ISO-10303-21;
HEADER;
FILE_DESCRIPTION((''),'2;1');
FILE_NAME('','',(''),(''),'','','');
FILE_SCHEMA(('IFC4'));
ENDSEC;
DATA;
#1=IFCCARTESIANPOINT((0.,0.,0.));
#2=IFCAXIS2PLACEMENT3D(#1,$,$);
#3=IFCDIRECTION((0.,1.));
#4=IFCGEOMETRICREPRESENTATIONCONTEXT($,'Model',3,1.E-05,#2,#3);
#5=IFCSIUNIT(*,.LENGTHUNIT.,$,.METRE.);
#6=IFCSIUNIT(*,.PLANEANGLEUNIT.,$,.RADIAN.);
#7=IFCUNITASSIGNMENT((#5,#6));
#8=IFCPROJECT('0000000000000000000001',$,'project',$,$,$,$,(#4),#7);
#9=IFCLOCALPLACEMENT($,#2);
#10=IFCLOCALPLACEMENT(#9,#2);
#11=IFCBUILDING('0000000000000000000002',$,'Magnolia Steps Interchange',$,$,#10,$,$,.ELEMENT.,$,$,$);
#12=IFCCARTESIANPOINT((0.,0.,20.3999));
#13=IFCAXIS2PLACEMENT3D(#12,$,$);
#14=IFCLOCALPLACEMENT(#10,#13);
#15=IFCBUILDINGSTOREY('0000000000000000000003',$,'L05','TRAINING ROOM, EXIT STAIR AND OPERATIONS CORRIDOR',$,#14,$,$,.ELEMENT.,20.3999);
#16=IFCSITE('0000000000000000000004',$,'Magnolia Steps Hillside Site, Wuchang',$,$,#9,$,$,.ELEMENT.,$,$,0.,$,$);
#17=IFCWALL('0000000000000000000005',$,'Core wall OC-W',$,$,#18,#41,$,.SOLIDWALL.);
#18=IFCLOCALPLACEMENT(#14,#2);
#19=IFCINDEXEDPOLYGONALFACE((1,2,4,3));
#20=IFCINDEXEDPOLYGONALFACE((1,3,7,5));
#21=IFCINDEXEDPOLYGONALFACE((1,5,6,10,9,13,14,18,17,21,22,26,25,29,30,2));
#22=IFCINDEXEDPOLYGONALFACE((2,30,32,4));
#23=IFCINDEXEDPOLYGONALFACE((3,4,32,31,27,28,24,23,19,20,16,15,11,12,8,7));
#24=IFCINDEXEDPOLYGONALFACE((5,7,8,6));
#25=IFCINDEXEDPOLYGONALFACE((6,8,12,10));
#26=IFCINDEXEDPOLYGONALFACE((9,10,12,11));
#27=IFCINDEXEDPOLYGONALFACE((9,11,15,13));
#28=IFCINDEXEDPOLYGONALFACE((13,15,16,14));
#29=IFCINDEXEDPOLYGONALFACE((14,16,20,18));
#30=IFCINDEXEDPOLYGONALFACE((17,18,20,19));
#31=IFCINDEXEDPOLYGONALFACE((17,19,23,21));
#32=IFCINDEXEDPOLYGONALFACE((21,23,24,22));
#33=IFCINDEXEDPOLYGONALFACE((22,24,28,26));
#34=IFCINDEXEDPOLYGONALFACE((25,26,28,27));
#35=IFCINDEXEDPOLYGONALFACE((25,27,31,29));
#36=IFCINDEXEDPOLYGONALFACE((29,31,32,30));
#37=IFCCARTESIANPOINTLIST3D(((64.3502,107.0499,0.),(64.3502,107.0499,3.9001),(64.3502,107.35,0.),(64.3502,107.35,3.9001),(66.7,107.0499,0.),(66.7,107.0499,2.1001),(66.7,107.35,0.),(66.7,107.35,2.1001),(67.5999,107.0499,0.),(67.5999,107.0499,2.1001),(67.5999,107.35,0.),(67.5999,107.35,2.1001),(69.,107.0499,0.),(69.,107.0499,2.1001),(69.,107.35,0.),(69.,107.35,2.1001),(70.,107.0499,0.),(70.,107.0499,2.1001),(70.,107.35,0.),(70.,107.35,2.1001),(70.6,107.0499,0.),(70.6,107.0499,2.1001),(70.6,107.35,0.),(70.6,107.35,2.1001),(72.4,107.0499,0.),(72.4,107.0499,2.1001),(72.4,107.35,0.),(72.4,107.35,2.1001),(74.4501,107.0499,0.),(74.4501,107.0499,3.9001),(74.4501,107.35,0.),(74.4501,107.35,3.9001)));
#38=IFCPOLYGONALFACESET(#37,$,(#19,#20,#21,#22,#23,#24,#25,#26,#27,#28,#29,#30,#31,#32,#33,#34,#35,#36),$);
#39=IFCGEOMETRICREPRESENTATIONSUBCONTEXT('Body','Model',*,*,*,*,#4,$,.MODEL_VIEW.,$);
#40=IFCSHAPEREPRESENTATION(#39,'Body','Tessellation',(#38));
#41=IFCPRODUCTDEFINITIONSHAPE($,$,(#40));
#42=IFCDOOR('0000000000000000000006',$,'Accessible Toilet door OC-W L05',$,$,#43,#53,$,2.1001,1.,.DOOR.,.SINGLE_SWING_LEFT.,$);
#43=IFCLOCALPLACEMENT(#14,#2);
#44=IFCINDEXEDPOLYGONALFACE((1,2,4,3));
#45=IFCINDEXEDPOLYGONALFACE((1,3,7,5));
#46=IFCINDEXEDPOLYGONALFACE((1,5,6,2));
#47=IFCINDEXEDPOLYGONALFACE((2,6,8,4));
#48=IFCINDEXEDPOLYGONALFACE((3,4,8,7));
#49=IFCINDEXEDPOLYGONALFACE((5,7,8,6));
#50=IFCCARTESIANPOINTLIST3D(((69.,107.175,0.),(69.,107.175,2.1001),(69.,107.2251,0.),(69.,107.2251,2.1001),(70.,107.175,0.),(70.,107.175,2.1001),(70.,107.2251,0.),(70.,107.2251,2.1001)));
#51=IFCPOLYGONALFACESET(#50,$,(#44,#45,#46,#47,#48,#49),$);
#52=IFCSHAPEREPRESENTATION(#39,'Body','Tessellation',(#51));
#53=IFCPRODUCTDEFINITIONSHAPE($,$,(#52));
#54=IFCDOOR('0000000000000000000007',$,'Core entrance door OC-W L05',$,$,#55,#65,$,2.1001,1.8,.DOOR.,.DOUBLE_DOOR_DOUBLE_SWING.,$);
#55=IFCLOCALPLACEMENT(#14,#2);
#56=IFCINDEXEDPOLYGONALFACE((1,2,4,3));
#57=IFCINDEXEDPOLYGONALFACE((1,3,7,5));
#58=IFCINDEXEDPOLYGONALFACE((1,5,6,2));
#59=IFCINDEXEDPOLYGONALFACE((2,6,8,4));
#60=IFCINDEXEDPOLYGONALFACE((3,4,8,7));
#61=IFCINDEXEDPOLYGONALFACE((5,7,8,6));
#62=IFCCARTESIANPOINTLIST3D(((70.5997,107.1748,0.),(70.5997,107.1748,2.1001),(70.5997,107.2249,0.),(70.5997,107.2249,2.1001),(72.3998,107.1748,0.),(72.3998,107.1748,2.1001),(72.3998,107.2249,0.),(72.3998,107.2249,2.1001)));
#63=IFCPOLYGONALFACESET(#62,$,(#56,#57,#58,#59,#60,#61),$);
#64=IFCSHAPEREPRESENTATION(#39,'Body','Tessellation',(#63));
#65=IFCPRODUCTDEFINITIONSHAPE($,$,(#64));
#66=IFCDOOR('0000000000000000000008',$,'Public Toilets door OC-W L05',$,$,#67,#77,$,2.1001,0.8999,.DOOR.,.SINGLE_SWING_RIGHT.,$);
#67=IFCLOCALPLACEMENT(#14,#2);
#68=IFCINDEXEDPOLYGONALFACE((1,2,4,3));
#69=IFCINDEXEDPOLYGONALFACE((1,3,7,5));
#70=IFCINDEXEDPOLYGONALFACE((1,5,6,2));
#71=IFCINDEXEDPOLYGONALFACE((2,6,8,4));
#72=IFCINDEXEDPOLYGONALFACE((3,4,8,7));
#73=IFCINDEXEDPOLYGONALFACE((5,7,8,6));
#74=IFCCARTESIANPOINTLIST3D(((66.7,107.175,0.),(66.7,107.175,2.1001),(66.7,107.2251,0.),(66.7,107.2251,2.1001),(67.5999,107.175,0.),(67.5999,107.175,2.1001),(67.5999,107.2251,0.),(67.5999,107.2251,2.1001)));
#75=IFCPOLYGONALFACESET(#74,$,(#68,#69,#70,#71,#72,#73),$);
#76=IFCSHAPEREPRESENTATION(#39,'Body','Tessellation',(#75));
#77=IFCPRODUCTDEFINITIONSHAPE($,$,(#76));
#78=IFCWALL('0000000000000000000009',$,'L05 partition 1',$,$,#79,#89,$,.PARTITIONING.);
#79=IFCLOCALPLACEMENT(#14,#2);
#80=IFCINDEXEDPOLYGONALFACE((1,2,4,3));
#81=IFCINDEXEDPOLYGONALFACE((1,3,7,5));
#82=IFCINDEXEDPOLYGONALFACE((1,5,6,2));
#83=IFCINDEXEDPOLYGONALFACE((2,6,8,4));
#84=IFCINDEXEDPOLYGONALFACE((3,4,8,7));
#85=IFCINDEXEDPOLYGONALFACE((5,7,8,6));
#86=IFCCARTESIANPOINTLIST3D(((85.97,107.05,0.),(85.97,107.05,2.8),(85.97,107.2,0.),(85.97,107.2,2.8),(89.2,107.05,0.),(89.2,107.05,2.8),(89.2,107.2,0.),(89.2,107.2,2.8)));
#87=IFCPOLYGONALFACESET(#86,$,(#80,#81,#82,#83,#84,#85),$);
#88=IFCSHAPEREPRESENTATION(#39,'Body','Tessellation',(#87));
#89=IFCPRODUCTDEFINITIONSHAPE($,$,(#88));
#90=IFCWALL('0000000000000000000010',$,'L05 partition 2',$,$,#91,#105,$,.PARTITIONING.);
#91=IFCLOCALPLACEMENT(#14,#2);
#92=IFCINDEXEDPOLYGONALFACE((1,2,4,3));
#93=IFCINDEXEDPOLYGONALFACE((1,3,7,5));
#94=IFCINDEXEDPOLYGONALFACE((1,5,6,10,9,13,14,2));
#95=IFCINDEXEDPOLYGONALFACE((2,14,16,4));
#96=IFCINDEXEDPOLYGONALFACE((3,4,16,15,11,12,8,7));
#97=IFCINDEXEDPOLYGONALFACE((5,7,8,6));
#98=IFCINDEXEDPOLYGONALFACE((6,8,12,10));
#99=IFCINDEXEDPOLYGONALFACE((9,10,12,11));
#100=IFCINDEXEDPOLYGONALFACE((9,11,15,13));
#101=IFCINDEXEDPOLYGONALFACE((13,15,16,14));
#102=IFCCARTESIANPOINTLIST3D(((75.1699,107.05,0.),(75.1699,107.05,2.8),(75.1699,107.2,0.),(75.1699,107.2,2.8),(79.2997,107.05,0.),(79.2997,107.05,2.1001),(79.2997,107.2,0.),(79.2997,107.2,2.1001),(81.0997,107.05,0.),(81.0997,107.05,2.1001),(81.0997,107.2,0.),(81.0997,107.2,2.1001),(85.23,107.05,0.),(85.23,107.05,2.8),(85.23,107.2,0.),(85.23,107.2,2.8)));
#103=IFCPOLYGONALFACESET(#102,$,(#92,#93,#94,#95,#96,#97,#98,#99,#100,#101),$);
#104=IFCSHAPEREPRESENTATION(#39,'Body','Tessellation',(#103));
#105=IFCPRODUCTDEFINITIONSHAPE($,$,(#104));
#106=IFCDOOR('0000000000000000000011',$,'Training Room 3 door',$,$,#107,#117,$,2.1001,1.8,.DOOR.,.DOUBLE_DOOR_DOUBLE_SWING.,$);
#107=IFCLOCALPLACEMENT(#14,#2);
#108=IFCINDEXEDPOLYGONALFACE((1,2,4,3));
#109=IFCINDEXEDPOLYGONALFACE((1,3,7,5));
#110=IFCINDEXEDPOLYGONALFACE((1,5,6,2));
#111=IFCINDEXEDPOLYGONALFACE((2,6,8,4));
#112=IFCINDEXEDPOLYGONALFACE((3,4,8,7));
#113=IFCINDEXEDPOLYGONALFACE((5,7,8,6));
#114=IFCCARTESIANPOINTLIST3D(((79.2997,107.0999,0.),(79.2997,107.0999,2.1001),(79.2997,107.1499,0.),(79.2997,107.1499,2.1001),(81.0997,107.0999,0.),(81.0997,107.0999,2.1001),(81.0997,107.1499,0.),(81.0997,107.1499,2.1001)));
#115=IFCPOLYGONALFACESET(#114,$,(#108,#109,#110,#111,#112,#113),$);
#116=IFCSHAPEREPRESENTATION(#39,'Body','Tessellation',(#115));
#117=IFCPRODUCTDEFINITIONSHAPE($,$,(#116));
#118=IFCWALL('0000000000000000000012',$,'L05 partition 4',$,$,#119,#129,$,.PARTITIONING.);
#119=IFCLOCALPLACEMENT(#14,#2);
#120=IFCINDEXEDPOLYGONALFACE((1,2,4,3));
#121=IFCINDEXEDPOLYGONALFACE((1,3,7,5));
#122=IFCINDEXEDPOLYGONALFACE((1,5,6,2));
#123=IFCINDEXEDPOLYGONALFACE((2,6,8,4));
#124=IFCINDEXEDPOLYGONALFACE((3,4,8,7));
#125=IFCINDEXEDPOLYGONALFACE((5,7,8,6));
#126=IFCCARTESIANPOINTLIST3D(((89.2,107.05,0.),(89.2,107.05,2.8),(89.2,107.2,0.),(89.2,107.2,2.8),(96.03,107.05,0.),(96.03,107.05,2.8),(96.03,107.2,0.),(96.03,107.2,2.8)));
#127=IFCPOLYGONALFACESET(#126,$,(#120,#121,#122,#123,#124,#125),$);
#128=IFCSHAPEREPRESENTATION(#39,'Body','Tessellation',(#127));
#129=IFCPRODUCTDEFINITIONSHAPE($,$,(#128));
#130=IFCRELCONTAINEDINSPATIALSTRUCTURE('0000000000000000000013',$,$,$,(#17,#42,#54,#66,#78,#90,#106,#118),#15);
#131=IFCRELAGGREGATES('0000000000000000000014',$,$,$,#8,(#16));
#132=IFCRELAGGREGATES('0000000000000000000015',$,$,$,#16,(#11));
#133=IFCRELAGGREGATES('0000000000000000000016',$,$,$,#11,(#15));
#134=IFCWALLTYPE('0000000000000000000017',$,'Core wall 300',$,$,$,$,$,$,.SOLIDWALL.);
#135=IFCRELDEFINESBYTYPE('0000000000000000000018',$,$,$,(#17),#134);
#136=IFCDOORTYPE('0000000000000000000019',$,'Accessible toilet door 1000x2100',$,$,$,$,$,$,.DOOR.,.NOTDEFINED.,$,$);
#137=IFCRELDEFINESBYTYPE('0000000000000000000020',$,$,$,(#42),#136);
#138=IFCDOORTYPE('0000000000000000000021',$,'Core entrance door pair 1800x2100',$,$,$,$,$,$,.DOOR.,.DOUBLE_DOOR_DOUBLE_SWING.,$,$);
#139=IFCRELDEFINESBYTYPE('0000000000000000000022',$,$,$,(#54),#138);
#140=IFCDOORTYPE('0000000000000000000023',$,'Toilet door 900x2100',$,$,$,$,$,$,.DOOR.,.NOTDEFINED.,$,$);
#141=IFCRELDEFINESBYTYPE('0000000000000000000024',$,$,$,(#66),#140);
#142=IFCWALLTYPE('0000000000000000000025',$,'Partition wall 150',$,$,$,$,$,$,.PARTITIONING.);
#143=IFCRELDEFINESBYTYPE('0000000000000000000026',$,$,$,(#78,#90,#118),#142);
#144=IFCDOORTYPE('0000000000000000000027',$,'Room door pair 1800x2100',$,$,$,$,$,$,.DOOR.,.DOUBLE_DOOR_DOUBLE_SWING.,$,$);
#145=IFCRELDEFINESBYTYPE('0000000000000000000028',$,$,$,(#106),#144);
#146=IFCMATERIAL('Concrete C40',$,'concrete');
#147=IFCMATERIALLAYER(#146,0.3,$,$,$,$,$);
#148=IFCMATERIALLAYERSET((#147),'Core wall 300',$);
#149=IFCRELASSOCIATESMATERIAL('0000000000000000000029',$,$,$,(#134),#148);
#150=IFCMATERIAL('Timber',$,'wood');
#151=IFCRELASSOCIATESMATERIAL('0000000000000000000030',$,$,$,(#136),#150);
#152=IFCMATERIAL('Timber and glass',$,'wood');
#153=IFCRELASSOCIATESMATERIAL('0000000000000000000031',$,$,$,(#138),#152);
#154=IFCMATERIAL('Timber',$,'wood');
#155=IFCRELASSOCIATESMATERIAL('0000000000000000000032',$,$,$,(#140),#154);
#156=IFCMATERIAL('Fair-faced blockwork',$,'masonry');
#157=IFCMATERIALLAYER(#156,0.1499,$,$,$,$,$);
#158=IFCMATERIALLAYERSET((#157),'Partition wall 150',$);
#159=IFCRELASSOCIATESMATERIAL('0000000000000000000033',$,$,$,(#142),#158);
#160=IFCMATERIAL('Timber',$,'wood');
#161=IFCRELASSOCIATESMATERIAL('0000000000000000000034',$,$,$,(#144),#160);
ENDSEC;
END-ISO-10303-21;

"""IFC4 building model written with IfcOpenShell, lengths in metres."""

from ifc_helpers import new_model, si_unit, direction, frame, frame_2d, origin, place, context, subcontext, project, spatial, rectangle, extrude, material, layer, layer_set, type_object, element, fill, save


model = new_model("IFC4")

# Units and contexts
model_context = context("Model", 3, precision=1e-05, world=origin(), true_north=direction((0.0, 1.0)))
body_context = subcontext(model_context, "Body", "Model", "MODEL_VIEW")
ifc_project = project(units=[si_unit("LENGTHUNIT", "METRE"), si_unit("PLANEANGLEUNIT", "RADIAN")], contexts=[model_context])

# Site, building, storey
site_placement = place(None, origin())
site = spatial("IfcSite", under=ifc_project, at=site_placement, Name="Magnolia Steps Hillside Site, Wuchang", CompositionType="ELEMENT", RefElevation=0.0)
building_placement = place(site_placement, origin())
building = spatial("IfcBuilding", under=site, at=building_placement, Name="Magnolia Steps Interchange", CompositionType="ELEMENT")
storey_placement = place(building_placement, frame((0.0, 0.0, 20.3999)))
storey = spatial("IfcBuildingStorey", under=building, at=storey_placement, Name="L05", Description="TRAINING ROOM, EXIT STAIR AND OPERATIONS CORRIDOR", CompositionType="ELEMENT", Elevation=20.3999)

# Shared definitions
ifc_material_1 = material(Name="Concrete C40", Category="concrete")
ifc_layer_1 = layer(ifc_material_1, 0.3)
ifc_layer_set_1 = layer_set([ifc_layer_1], Name="Core wall 300")
wall_type_1 = type_object("IfcWallType", Name="Core wall 300", PredefinedType="SOLIDWALL", material=ifc_layer_set_1)

# Wall, openings, doors
wall_1_placement = place(storey_placement, frame((74.45, 107.2, 0.0), z_axis=(0.0, 0.0, 1.0), x_axis=(-1.0, 0.0, 0.0)))
wall_1 = element("IfcWall", 1, at=wall_1_placement, inside=storey, type_object=wall_type_1, Name="Core wall OC-W", PredefinedType="SOLIDWALL", context=body_context, shape_type="SweptSolid", body=[
    extrude(rectangle(XDim=10.0999, YDim=0.3, at=frame_2d((5.0498, 0.0))), origin(), (0.0, 0.0, 1.0), 3.9001),
])
opening_1_placement = place(wall_1_placement, frame((2.05, 0.0, 0.0)))
opening_1 = element("IfcOpeningElement", 2, at=opening_1_placement, cuts=wall_1, PredefinedType="OPENING", context=body_context, shape_type="SweptSolid", body=[
    extrude(rectangle(XDim=1.8, YDim=2.1001, at=frame_2d((0.8999, 1.05))), frame((0.0, 0.1599, 0.0), z_axis=(0.0, -1.0, 0.0), x_axis=(1.0, 0.0, 0.0)), (0.0, 0.0, 1.0), 0.3201),
])
opening_2_placement = place(wall_1_placement, frame((4.45, 0.0, 0.0)))
opening_2 = element("IfcOpeningElement", 3, at=opening_2_placement, cuts=wall_1, PredefinedType="OPENING", context=body_context, shape_type="SweptSolid", body=[
    extrude(rectangle(XDim=1.0, YDim=2.1001, at=frame_2d((0.5, 1.05))), frame((0.0, 0.1599, 0.0), z_axis=(0.0, -1.0, 0.0), x_axis=(1.0, 0.0, 0.0)), (0.0, 0.0, 1.0), 0.3201),
])
opening_3_placement = place(wall_1_placement, frame((6.8501, 0.0, 0.0)))
opening_3 = element("IfcOpeningElement", 4, at=opening_3_placement, cuts=wall_1, PredefinedType="OPENING", context=body_context, shape_type="SweptSolid", body=[
    extrude(rectangle(XDim=0.8999, YDim=2.1001, at=frame_2d((0.45, 1.05))), frame((0.0, 0.1599, 0.0), z_axis=(0.0, -1.0, 0.0), x_axis=(1.0, 0.0, 0.0)), (0.0, 0.0, 1.0), 0.3201),
])
ifc_material_2 = material(Name="Timber", Category="wood")
door_type_1 = type_object("IfcDoorType", Name="Accessible toilet door 1000x2100", OperationType="NOTDEFINED", PredefinedType="DOOR", material=ifc_material_2)
door_1_placement = place(opening_2_placement, origin())
door_1 = element("IfcDoor", 5, at=door_1_placement, inside=storey, type_object=door_type_1, Name="Accessible Toilet door OC-W L05", OperationType="SINGLE_SWING_LEFT", OverallHeight=2.1001, OverallWidth=1.0, PredefinedType="DOOR", context=body_context, shape_type="SweptSolid", body=[
    extrude(rectangle(XDim=1.0, YDim=2.1001, at=frame_2d((0.5, 1.05))), frame((0.0, 0.0249, 0.0), z_axis=(0.0, -1.0, 0.0), x_axis=(1.0, 0.0, 0.0)), (0.0, 0.0, 1.0), 0.05),
])
fill(opening_2, door_1)
ifc_material_3 = material(Name="Timber and glass", Category="wood")
door_type_2 = type_object("IfcDoorType", Name="Core entrance door pair 1800x2100", OperationType="DOUBLE_DOOR_DOUBLE_SWING", PredefinedType="DOOR", material=ifc_material_3)
door_2_placement = place(opening_1_placement, frame((1.8, 0.0, 0.0), z_axis=(0.0, 0.0, 1.0), x_axis=(-1.0, 0.0, 0.0)))
door_2 = element("IfcDoor", 6, at=door_2_placement, inside=storey, type_object=door_type_2, Name="Core entrance door OC-W L05", OperationType="DOUBLE_DOOR_DOUBLE_SWING", OverallHeight=2.1001, OverallWidth=1.8, PredefinedType="DOOR", context=body_context, shape_type="SweptSolid", body=[
    extrude(rectangle(XDim=1.8, YDim=2.1001, at=frame_2d((0.8999, 1.05))), frame((0.0, 0.0249, 0.0), z_axis=(0.0, -1.0, 0.0), x_axis=(1.0, 0.0, 0.0)), (0.0, 0.0, 1.0), 0.05),
])
fill(opening_1, door_2)
ifc_material_4 = material(Name="Timber", Category="wood")
door_type_3 = type_object("IfcDoorType", Name="Toilet door 900x2100", OperationType="NOTDEFINED", PredefinedType="DOOR", material=ifc_material_4)
door_3_placement = place(opening_3_placement, origin())
door_3 = element("IfcDoor", 7, at=door_3_placement, inside=storey, type_object=door_type_3, Name="Public Toilets door OC-W L05", OperationType="SINGLE_SWING_RIGHT", OverallHeight=2.1001, OverallWidth=0.8999, PredefinedType="DOOR", context=body_context, shape_type="SweptSolid", body=[
    extrude(rectangle(XDim=0.8999, YDim=2.1001, at=frame_2d((0.45, 1.05))), frame((0.0, 0.0249, 0.0), z_axis=(0.0, -1.0, 0.0), x_axis=(1.0, 0.0, 0.0)), (0.0, 0.0, 1.0), 0.05),
])
fill(opening_3, door_3)

# Wall
ifc_material_5 = material(Name="Fair-faced blockwork", Category="masonry")
ifc_layer_2 = layer(ifc_material_5, 0.1499)
ifc_layer_set_2 = layer_set([ifc_layer_2], Name="Partition wall 150")
wall_type_2 = type_object("IfcWallType", Name="Partition wall 150", PredefinedType="PARTITIONING", material=ifc_layer_set_2)
wall_2_placement = place(storey_placement, frame((85.97, 107.125, 0.0), z_axis=(0.0, 0.0, 1.0), x_axis=(1.0, 0.0, 0.0)))
element("IfcWall", 8, at=wall_2_placement, inside=storey, type_object=wall_type_2, Name="L05 partition 1", PredefinedType="PARTITIONING", context=body_context, shape_type="SweptSolid", body=[
    extrude(rectangle(XDim=3.23, YDim=0.1499, at=frame_2d((1.615, 0.0))), origin(), (0.0, 0.0, 1.0), 2.8),
])

# Wall, opening, door
wall_3_placement = place(storey_placement, frame((75.1699, 107.125, 0.0), z_axis=(0.0, 0.0, 1.0), x_axis=(1.0, 0.0, 0.0)))
wall_3 = element("IfcWall", 9, at=wall_3_placement, inside=storey, type_object=wall_type_2, Name="L05 partition 2", PredefinedType="PARTITIONING", context=body_context, shape_type="SweptSolid", body=[
    extrude(rectangle(XDim=10.0601, YDim=0.1499, at=frame_2d((5.03, 0.0))), origin(), (0.0, 0.0, 1.0), 2.8),
])
opening_4_placement = place(wall_3_placement, frame((4.1299, 0.0, 0.0)))
opening_4 = element("IfcOpeningElement", 10, at=opening_4_placement, cuts=wall_3, PredefinedType="OPENING", context=body_context, shape_type="SweptSolid", body=[
    extrude(rectangle(XDim=1.8, YDim=2.1001, at=frame_2d((0.8999, 1.05))), frame((0.0, 0.085, 0.0), z_axis=(0.0, -1.0, 0.0), x_axis=(1.0, 0.0, 0.0)), (0.0, 0.0, 1.0), 0.1699),
])
ifc_material_6 = material(Name="Timber", Category="wood")
door_type_4 = type_object("IfcDoorType", Name="Room door pair 1800x2100", OperationType="DOUBLE_DOOR_DOUBLE_SWING", PredefinedType="DOOR", material=ifc_material_6)
door_4_placement = place(opening_4_placement, origin())
door_4 = element("IfcDoor", 11, at=door_4_placement, inside=storey, type_object=door_type_4, Name="Training Room 3 door", OperationType="DOUBLE_DOOR_DOUBLE_SWING", OverallHeight=2.1001, OverallWidth=1.8, PredefinedType="DOOR", context=body_context, shape_type="SweptSolid", body=[
    extrude(rectangle(XDim=1.8, YDim=2.1001, at=frame_2d((0.8999, 1.05))), frame((0.0, 0.0249, 0.0), z_axis=(0.0, -1.0, 0.0), x_axis=(1.0, 0.0, 0.0)), (0.0, 0.0, 1.0), 0.05),
])
fill(opening_4, door_4)

# Wall
wall_4_placement = place(storey_placement, frame((89.2, 107.125, 0.0), z_axis=(0.0, 0.0, 1.0), x_axis=(1.0, 0.0, 0.0)))
element("IfcWall", 12, at=wall_4_placement, inside=storey, type_object=wall_type_2, Name="L05 partition 4", PredefinedType="PARTITIONING", context=body_context, shape_type="SweptSolid", body=[
    extrude(rectangle(XDim=6.8301, YDim=0.1499, at=frame_2d((3.415, 0.0))), origin(), (0.0, 0.0, 1.0), 2.8),
])

save(model, "model.ifc")
